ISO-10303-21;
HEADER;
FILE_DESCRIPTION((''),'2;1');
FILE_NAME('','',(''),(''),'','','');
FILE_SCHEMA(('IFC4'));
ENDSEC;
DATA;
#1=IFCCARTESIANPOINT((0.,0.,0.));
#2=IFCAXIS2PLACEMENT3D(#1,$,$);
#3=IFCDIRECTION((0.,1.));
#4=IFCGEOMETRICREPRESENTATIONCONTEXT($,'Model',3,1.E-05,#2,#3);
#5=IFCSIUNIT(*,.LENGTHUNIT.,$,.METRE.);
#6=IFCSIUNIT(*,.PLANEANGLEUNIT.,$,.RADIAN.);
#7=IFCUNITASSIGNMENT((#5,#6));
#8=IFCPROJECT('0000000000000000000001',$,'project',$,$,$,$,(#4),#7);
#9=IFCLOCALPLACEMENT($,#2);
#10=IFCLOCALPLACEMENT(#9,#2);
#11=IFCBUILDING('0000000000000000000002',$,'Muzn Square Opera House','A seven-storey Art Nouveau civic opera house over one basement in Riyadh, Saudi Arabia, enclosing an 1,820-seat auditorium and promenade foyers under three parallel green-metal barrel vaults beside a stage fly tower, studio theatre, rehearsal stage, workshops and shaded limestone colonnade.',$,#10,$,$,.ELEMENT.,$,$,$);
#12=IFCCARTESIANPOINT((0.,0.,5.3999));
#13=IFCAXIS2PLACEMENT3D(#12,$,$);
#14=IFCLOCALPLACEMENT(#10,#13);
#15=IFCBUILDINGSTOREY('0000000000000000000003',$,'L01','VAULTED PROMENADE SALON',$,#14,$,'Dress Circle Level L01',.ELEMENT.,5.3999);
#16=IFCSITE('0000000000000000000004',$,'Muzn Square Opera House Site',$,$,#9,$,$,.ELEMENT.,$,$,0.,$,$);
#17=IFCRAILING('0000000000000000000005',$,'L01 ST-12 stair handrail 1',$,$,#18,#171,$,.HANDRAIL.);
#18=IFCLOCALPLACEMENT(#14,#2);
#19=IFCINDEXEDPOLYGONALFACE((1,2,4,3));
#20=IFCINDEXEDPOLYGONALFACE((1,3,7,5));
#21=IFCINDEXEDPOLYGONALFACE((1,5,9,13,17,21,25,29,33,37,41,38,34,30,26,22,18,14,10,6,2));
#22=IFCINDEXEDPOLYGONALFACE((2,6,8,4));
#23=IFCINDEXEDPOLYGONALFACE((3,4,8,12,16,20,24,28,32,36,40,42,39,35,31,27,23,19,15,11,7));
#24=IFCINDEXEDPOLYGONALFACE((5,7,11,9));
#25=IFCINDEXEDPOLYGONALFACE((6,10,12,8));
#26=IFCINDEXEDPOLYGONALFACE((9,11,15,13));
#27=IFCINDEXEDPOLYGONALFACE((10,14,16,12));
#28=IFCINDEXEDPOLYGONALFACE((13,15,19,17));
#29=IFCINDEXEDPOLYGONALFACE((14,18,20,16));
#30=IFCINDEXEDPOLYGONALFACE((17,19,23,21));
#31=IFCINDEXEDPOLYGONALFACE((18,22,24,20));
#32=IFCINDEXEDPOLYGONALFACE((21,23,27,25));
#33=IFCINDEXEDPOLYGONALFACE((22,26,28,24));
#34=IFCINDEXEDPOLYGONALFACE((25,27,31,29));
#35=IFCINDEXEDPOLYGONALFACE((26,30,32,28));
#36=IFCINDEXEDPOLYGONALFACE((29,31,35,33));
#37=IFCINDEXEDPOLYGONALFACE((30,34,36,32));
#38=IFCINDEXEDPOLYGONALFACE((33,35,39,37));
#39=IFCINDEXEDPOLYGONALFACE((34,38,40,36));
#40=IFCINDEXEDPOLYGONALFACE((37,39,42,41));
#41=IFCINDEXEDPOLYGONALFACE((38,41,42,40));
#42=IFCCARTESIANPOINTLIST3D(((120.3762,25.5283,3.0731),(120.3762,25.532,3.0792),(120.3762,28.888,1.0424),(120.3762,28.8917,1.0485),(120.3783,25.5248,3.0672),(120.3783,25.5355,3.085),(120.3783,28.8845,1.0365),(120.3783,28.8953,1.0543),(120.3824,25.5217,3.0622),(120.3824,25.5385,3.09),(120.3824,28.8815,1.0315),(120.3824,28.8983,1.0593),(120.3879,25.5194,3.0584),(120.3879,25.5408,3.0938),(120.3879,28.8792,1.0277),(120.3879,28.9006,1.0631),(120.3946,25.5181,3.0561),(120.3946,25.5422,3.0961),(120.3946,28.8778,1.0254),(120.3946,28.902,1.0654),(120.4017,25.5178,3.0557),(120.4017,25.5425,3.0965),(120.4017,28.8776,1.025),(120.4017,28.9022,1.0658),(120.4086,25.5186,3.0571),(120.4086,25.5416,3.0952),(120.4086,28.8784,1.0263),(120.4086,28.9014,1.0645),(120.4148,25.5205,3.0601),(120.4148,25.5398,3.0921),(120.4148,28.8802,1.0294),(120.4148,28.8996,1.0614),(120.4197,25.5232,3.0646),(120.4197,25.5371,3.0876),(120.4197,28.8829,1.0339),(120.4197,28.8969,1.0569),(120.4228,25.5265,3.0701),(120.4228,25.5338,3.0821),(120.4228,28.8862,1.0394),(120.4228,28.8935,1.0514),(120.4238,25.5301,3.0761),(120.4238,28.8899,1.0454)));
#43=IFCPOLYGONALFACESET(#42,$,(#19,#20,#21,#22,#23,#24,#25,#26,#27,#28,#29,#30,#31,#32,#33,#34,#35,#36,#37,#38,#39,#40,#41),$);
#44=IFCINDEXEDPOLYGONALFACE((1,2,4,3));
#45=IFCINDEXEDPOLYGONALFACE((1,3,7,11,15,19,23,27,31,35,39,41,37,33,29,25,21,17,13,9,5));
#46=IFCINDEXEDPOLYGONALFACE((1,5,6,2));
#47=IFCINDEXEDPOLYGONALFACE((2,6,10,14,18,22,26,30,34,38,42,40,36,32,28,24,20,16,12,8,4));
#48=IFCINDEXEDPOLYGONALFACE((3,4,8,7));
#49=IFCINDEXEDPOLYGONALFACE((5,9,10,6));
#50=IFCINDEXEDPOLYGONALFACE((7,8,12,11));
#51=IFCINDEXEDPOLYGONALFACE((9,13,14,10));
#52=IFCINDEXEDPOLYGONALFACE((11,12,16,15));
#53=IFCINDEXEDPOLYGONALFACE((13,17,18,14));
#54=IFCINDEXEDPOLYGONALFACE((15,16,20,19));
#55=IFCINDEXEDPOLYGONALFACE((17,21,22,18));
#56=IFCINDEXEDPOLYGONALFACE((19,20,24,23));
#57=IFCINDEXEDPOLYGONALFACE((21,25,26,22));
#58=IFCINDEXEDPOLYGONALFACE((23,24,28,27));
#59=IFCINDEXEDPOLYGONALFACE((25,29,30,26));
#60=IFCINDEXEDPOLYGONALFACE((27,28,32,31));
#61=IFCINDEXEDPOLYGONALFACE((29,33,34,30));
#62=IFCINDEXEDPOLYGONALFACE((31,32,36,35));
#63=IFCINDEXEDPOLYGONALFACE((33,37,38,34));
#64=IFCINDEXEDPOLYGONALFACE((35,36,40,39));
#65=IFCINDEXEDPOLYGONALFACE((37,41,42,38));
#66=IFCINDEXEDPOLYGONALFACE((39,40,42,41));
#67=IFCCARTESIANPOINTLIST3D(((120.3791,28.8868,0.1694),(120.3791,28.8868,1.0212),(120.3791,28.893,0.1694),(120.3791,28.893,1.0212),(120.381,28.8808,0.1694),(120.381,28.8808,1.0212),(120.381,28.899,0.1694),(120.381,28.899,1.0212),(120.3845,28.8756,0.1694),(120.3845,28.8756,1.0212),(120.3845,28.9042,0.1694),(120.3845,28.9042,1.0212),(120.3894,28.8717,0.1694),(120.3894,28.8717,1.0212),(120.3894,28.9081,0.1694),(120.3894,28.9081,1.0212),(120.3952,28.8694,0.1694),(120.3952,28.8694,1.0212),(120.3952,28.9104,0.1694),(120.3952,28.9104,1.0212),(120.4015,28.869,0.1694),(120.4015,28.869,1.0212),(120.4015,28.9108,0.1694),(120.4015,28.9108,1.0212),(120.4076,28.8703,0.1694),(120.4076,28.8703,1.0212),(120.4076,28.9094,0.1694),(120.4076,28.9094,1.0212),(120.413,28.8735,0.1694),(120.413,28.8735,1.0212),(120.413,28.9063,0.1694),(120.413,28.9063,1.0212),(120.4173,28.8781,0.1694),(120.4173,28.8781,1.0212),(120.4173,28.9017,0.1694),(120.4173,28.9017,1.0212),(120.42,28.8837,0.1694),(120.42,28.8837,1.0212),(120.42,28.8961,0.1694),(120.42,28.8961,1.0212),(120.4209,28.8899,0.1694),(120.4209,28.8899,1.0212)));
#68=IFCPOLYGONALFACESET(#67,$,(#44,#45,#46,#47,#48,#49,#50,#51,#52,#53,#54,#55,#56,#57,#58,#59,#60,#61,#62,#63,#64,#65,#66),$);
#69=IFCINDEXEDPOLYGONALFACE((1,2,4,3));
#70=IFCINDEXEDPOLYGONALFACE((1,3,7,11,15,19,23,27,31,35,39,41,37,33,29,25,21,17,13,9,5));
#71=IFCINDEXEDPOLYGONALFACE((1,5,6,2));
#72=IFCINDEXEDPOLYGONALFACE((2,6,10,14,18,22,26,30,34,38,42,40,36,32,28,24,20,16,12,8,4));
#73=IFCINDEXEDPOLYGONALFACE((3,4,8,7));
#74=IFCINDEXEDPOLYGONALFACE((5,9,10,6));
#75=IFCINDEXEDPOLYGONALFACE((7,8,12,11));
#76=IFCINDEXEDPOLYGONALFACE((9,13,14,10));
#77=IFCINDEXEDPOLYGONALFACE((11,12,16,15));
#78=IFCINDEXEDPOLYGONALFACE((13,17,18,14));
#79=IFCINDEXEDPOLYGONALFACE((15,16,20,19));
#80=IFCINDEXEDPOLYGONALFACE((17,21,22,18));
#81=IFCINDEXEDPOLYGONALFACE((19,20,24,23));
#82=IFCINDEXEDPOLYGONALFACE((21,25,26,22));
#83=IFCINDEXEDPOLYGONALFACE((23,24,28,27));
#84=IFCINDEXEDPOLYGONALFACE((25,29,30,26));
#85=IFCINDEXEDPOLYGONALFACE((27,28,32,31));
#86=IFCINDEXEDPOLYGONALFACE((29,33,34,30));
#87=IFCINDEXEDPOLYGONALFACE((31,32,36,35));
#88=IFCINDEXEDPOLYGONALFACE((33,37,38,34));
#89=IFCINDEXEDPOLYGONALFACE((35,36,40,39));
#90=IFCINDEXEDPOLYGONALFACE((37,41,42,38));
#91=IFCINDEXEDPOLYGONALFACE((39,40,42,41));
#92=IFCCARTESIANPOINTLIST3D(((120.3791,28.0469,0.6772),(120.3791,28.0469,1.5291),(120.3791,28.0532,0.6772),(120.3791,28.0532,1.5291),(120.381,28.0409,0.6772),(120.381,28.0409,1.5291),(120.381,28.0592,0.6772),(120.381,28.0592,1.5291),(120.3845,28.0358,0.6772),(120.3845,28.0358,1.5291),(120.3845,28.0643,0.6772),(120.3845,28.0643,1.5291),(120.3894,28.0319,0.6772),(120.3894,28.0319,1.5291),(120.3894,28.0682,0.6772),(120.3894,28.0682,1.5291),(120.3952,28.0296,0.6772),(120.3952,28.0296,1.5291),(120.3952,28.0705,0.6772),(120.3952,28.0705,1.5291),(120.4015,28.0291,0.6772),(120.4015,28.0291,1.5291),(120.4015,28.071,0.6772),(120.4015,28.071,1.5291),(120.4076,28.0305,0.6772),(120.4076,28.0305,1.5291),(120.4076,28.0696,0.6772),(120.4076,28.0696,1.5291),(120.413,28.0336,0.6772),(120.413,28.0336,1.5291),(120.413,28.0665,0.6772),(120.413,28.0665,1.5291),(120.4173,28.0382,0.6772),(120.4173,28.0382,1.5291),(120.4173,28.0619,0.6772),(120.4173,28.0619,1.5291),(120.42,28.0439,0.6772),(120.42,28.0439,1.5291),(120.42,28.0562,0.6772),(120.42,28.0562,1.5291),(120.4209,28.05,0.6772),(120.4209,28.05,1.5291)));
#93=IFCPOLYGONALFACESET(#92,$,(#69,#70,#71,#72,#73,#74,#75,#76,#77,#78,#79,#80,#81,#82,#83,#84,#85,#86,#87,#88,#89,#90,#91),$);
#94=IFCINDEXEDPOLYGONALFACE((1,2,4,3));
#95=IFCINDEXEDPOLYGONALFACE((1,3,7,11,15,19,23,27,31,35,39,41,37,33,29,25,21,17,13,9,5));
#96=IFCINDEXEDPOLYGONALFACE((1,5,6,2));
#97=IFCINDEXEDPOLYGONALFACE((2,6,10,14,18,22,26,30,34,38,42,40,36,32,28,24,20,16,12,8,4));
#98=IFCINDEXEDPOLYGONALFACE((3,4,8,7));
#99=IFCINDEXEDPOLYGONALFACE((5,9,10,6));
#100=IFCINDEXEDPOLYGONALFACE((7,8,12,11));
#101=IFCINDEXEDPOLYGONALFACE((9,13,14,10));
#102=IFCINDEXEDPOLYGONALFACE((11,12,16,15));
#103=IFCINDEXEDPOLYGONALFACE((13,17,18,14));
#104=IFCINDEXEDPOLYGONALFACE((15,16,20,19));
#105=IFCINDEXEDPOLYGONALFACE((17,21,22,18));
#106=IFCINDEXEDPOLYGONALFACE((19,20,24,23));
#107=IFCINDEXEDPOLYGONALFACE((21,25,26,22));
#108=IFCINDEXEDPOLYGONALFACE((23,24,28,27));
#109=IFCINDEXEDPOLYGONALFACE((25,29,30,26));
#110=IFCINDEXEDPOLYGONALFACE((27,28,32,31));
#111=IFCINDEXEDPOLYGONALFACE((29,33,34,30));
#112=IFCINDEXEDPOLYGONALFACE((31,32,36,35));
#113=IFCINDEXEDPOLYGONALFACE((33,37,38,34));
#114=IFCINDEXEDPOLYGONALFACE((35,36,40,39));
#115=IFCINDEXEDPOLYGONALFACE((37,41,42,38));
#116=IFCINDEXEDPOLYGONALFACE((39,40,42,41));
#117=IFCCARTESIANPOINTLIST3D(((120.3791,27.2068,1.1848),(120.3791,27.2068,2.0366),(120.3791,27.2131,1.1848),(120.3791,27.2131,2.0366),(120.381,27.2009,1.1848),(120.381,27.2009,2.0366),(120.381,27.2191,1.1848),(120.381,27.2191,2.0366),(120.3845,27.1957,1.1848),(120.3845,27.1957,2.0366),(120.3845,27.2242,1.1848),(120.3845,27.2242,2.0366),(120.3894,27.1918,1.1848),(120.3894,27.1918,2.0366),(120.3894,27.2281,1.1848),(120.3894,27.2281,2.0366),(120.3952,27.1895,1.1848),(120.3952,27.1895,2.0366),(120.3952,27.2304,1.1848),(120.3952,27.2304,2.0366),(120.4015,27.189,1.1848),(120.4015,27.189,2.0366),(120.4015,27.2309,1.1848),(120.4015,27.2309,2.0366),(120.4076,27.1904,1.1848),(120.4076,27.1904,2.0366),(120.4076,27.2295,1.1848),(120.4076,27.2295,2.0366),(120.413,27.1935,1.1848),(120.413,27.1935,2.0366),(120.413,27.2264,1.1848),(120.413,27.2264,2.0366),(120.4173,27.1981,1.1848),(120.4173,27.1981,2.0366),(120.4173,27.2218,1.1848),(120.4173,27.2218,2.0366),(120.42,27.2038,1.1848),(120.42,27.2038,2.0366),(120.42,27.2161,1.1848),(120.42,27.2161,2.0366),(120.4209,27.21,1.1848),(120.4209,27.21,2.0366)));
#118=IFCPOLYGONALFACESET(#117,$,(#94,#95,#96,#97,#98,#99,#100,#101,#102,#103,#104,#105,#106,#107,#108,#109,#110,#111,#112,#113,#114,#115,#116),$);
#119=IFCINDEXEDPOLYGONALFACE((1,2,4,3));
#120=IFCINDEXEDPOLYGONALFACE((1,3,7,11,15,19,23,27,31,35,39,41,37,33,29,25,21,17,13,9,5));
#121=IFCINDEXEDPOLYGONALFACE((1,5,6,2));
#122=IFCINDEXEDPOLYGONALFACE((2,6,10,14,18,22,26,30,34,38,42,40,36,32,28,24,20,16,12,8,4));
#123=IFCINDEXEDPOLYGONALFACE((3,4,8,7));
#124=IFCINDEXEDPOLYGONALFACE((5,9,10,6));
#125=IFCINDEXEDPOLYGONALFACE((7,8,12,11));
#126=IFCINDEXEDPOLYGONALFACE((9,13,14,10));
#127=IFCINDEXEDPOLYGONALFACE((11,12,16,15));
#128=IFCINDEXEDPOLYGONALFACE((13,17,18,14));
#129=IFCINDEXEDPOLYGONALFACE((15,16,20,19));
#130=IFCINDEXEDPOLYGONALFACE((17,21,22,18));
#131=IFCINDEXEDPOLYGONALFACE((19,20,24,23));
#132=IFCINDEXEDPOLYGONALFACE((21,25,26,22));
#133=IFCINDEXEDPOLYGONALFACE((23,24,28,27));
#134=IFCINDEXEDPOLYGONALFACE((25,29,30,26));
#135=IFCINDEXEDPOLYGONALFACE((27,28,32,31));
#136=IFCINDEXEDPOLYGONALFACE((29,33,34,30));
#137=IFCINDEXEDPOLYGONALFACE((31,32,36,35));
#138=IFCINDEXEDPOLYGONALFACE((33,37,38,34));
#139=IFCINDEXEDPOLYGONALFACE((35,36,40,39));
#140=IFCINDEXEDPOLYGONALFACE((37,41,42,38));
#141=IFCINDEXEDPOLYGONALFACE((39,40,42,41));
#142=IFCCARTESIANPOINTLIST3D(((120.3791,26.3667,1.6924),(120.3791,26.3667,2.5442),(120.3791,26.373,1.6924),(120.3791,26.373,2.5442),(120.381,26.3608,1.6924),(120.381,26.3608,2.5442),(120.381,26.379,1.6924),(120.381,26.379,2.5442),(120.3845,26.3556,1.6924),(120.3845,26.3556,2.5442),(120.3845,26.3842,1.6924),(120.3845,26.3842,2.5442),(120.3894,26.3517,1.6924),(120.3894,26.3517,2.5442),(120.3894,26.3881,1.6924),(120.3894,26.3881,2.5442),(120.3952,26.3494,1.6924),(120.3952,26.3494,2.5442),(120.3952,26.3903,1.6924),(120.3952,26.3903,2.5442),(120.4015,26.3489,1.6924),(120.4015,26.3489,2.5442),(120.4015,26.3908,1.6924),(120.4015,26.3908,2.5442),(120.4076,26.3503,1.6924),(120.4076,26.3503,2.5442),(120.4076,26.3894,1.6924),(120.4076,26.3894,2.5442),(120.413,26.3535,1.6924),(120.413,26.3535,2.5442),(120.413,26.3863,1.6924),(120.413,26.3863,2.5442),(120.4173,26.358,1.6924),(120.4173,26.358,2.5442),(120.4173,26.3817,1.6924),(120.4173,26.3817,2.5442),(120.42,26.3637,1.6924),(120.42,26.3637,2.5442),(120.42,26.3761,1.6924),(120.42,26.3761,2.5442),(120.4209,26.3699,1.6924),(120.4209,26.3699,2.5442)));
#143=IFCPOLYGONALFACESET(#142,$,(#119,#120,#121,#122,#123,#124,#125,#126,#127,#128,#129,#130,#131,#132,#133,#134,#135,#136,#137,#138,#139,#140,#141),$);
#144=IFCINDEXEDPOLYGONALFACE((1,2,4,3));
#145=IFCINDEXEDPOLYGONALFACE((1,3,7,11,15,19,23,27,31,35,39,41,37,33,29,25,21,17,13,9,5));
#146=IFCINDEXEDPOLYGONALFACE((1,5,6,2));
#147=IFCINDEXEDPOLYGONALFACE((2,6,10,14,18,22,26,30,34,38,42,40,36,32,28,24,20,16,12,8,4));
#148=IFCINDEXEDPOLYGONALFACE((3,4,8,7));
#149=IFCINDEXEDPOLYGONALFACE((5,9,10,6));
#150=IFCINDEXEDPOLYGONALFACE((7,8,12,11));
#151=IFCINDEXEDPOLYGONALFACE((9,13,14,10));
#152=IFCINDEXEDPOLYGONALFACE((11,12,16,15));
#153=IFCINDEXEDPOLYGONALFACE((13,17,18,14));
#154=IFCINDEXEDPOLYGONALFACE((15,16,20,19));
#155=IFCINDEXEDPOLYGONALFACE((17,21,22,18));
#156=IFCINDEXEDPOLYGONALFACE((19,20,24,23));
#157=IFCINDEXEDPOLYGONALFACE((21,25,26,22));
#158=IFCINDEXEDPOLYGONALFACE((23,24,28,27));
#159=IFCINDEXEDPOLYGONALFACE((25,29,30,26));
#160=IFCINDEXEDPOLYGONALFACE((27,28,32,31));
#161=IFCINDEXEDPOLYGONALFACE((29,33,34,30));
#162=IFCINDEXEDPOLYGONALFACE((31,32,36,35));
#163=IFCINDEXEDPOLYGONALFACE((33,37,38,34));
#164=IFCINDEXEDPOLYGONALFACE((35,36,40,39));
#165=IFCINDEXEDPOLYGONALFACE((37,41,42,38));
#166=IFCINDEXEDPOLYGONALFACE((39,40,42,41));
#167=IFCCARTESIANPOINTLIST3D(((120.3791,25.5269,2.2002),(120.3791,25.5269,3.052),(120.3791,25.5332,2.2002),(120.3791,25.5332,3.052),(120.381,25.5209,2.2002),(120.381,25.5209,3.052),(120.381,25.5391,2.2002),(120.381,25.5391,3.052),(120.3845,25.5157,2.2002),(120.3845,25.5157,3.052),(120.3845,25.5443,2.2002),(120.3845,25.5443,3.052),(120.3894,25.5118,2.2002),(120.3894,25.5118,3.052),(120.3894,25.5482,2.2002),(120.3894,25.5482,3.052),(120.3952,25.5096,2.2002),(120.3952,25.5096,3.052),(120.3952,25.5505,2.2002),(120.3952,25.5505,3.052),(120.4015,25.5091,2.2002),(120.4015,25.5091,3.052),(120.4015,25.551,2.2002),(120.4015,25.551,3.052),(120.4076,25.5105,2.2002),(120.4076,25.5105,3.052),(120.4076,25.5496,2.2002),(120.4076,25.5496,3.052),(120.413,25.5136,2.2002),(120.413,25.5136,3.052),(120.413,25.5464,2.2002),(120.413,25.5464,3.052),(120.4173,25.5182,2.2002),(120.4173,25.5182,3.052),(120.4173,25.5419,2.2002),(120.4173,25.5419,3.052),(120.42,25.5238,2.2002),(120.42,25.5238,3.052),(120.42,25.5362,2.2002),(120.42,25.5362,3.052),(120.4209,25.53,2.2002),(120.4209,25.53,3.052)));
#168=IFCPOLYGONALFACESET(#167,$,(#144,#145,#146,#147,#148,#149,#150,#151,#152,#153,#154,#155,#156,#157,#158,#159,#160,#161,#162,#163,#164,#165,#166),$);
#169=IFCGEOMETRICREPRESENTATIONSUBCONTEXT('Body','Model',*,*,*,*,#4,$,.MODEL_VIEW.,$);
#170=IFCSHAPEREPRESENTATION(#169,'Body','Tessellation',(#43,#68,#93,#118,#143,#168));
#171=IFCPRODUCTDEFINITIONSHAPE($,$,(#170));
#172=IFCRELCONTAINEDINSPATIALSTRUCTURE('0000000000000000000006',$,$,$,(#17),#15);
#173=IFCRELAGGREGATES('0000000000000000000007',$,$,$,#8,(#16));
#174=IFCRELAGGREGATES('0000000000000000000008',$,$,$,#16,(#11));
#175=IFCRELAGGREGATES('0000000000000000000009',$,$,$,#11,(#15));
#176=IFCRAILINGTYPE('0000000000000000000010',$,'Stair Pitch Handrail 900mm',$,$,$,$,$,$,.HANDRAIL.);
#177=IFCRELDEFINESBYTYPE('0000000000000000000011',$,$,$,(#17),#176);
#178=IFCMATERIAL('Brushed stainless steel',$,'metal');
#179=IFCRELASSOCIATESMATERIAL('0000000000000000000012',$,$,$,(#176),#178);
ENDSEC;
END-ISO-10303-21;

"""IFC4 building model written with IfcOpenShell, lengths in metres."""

from ifc_helpers import new_model, si_unit, direction, frame, origin, origin_2d, place, context, subcontext, project, spatial, circle, extrude, material, type_object, element, save


model = new_model("IFC4")

# Units and contexts
model_context = context("Model", 3, precision=1e-05, world=origin(), true_north=direction((0.0, 1.0)))
body_context = subcontext(model_context, "Body", "Model", "MODEL_VIEW")
ifc_project = project(units=[si_unit("LENGTHUNIT", "METRE"), si_unit("PLANEANGLEUNIT", "RADIAN")], contexts=[model_context])

# Site, building, storey
site_placement = place(None, origin())
site = spatial("IfcSite", under=ifc_project, at=site_placement, Name="Muzn Square Opera House Site", CompositionType="ELEMENT", RefElevation=0.0)
building_placement = place(site_placement, origin())
building = spatial("IfcBuilding", under=site, at=building_placement, Name="Muzn Square Opera House", Description="A seven-storey Art Nouveau civic opera house over one basement in Riyadh, Saudi Arabia, enclosing an 1,820-seat auditorium and promenade foyers under three parallel green-metal barrel vaults beside a stage fly tower, studio theatre, rehearsal stage, workshops and shaded limestone colonnade.", CompositionType="ELEMENT")
storey_placement = place(building_placement, frame((0.0, 0.0, 5.3999)))
storey = spatial("IfcBuildingStorey", under=building, at=storey_placement, Name="L01", Description="VAULTED PROMENADE SALON", LongName="Dress Circle Level L01", CompositionType="ELEMENT", Elevation=5.3999)

# Railing
ifc_material_1 = material(Name="Brushed stainless steel", Category="metal")
railing_type_1 = type_object("IfcRailingType", Name="Stair Pitch Handrail 900mm", PredefinedType="HANDRAIL", material=ifc_material_1)
railing_1_placement = place(storey_placement, frame((120.3999, 28.8899, 0.1694)))
element("IfcRailing", 1, at=railing_1_placement, inside=storey, type_object=railing_type_1, Name="L01 ST-12 stair handrail 1", PredefinedType="HANDRAIL", context=body_context, shape_type="SweptSolid", body=[
    extrude(circle(Radius=0.0239, at=origin_2d()), frame((0.0, 0.0, 0.876), z_axis=(0.0, -0.85582, 0.517273), x_axis=(1.0, 0.0, 0.0)), (0.0, 0.0, 1.0), 3.9258),
    extrude(circle(Radius=0.021, at=origin_2d()), origin(), (0.0, 0.0, 1.0), 0.8518),
    extrude(circle(Radius=0.021, at=origin_2d()), frame((0.0, -0.8398, 0.5078)), (0.0, 0.0, 1.0), 0.8518),
    extrude(circle(Radius=0.021, at=origin_2d()), frame((0.0, -1.6799, 1.0154)), (0.0, 0.0, 1.0), 0.8518),
    extrude(circle(Radius=0.021, at=origin_2d()), frame((0.0, -2.52, 1.5229)), (0.0, 0.0, 1.0), 0.8518),
    extrude(circle(Radius=0.021, at=origin_2d()), frame((0.0, -3.3599, 2.0308)), (0.0, 0.0, 1.0), 0.8518),
])

save(model, "model.ifc")
